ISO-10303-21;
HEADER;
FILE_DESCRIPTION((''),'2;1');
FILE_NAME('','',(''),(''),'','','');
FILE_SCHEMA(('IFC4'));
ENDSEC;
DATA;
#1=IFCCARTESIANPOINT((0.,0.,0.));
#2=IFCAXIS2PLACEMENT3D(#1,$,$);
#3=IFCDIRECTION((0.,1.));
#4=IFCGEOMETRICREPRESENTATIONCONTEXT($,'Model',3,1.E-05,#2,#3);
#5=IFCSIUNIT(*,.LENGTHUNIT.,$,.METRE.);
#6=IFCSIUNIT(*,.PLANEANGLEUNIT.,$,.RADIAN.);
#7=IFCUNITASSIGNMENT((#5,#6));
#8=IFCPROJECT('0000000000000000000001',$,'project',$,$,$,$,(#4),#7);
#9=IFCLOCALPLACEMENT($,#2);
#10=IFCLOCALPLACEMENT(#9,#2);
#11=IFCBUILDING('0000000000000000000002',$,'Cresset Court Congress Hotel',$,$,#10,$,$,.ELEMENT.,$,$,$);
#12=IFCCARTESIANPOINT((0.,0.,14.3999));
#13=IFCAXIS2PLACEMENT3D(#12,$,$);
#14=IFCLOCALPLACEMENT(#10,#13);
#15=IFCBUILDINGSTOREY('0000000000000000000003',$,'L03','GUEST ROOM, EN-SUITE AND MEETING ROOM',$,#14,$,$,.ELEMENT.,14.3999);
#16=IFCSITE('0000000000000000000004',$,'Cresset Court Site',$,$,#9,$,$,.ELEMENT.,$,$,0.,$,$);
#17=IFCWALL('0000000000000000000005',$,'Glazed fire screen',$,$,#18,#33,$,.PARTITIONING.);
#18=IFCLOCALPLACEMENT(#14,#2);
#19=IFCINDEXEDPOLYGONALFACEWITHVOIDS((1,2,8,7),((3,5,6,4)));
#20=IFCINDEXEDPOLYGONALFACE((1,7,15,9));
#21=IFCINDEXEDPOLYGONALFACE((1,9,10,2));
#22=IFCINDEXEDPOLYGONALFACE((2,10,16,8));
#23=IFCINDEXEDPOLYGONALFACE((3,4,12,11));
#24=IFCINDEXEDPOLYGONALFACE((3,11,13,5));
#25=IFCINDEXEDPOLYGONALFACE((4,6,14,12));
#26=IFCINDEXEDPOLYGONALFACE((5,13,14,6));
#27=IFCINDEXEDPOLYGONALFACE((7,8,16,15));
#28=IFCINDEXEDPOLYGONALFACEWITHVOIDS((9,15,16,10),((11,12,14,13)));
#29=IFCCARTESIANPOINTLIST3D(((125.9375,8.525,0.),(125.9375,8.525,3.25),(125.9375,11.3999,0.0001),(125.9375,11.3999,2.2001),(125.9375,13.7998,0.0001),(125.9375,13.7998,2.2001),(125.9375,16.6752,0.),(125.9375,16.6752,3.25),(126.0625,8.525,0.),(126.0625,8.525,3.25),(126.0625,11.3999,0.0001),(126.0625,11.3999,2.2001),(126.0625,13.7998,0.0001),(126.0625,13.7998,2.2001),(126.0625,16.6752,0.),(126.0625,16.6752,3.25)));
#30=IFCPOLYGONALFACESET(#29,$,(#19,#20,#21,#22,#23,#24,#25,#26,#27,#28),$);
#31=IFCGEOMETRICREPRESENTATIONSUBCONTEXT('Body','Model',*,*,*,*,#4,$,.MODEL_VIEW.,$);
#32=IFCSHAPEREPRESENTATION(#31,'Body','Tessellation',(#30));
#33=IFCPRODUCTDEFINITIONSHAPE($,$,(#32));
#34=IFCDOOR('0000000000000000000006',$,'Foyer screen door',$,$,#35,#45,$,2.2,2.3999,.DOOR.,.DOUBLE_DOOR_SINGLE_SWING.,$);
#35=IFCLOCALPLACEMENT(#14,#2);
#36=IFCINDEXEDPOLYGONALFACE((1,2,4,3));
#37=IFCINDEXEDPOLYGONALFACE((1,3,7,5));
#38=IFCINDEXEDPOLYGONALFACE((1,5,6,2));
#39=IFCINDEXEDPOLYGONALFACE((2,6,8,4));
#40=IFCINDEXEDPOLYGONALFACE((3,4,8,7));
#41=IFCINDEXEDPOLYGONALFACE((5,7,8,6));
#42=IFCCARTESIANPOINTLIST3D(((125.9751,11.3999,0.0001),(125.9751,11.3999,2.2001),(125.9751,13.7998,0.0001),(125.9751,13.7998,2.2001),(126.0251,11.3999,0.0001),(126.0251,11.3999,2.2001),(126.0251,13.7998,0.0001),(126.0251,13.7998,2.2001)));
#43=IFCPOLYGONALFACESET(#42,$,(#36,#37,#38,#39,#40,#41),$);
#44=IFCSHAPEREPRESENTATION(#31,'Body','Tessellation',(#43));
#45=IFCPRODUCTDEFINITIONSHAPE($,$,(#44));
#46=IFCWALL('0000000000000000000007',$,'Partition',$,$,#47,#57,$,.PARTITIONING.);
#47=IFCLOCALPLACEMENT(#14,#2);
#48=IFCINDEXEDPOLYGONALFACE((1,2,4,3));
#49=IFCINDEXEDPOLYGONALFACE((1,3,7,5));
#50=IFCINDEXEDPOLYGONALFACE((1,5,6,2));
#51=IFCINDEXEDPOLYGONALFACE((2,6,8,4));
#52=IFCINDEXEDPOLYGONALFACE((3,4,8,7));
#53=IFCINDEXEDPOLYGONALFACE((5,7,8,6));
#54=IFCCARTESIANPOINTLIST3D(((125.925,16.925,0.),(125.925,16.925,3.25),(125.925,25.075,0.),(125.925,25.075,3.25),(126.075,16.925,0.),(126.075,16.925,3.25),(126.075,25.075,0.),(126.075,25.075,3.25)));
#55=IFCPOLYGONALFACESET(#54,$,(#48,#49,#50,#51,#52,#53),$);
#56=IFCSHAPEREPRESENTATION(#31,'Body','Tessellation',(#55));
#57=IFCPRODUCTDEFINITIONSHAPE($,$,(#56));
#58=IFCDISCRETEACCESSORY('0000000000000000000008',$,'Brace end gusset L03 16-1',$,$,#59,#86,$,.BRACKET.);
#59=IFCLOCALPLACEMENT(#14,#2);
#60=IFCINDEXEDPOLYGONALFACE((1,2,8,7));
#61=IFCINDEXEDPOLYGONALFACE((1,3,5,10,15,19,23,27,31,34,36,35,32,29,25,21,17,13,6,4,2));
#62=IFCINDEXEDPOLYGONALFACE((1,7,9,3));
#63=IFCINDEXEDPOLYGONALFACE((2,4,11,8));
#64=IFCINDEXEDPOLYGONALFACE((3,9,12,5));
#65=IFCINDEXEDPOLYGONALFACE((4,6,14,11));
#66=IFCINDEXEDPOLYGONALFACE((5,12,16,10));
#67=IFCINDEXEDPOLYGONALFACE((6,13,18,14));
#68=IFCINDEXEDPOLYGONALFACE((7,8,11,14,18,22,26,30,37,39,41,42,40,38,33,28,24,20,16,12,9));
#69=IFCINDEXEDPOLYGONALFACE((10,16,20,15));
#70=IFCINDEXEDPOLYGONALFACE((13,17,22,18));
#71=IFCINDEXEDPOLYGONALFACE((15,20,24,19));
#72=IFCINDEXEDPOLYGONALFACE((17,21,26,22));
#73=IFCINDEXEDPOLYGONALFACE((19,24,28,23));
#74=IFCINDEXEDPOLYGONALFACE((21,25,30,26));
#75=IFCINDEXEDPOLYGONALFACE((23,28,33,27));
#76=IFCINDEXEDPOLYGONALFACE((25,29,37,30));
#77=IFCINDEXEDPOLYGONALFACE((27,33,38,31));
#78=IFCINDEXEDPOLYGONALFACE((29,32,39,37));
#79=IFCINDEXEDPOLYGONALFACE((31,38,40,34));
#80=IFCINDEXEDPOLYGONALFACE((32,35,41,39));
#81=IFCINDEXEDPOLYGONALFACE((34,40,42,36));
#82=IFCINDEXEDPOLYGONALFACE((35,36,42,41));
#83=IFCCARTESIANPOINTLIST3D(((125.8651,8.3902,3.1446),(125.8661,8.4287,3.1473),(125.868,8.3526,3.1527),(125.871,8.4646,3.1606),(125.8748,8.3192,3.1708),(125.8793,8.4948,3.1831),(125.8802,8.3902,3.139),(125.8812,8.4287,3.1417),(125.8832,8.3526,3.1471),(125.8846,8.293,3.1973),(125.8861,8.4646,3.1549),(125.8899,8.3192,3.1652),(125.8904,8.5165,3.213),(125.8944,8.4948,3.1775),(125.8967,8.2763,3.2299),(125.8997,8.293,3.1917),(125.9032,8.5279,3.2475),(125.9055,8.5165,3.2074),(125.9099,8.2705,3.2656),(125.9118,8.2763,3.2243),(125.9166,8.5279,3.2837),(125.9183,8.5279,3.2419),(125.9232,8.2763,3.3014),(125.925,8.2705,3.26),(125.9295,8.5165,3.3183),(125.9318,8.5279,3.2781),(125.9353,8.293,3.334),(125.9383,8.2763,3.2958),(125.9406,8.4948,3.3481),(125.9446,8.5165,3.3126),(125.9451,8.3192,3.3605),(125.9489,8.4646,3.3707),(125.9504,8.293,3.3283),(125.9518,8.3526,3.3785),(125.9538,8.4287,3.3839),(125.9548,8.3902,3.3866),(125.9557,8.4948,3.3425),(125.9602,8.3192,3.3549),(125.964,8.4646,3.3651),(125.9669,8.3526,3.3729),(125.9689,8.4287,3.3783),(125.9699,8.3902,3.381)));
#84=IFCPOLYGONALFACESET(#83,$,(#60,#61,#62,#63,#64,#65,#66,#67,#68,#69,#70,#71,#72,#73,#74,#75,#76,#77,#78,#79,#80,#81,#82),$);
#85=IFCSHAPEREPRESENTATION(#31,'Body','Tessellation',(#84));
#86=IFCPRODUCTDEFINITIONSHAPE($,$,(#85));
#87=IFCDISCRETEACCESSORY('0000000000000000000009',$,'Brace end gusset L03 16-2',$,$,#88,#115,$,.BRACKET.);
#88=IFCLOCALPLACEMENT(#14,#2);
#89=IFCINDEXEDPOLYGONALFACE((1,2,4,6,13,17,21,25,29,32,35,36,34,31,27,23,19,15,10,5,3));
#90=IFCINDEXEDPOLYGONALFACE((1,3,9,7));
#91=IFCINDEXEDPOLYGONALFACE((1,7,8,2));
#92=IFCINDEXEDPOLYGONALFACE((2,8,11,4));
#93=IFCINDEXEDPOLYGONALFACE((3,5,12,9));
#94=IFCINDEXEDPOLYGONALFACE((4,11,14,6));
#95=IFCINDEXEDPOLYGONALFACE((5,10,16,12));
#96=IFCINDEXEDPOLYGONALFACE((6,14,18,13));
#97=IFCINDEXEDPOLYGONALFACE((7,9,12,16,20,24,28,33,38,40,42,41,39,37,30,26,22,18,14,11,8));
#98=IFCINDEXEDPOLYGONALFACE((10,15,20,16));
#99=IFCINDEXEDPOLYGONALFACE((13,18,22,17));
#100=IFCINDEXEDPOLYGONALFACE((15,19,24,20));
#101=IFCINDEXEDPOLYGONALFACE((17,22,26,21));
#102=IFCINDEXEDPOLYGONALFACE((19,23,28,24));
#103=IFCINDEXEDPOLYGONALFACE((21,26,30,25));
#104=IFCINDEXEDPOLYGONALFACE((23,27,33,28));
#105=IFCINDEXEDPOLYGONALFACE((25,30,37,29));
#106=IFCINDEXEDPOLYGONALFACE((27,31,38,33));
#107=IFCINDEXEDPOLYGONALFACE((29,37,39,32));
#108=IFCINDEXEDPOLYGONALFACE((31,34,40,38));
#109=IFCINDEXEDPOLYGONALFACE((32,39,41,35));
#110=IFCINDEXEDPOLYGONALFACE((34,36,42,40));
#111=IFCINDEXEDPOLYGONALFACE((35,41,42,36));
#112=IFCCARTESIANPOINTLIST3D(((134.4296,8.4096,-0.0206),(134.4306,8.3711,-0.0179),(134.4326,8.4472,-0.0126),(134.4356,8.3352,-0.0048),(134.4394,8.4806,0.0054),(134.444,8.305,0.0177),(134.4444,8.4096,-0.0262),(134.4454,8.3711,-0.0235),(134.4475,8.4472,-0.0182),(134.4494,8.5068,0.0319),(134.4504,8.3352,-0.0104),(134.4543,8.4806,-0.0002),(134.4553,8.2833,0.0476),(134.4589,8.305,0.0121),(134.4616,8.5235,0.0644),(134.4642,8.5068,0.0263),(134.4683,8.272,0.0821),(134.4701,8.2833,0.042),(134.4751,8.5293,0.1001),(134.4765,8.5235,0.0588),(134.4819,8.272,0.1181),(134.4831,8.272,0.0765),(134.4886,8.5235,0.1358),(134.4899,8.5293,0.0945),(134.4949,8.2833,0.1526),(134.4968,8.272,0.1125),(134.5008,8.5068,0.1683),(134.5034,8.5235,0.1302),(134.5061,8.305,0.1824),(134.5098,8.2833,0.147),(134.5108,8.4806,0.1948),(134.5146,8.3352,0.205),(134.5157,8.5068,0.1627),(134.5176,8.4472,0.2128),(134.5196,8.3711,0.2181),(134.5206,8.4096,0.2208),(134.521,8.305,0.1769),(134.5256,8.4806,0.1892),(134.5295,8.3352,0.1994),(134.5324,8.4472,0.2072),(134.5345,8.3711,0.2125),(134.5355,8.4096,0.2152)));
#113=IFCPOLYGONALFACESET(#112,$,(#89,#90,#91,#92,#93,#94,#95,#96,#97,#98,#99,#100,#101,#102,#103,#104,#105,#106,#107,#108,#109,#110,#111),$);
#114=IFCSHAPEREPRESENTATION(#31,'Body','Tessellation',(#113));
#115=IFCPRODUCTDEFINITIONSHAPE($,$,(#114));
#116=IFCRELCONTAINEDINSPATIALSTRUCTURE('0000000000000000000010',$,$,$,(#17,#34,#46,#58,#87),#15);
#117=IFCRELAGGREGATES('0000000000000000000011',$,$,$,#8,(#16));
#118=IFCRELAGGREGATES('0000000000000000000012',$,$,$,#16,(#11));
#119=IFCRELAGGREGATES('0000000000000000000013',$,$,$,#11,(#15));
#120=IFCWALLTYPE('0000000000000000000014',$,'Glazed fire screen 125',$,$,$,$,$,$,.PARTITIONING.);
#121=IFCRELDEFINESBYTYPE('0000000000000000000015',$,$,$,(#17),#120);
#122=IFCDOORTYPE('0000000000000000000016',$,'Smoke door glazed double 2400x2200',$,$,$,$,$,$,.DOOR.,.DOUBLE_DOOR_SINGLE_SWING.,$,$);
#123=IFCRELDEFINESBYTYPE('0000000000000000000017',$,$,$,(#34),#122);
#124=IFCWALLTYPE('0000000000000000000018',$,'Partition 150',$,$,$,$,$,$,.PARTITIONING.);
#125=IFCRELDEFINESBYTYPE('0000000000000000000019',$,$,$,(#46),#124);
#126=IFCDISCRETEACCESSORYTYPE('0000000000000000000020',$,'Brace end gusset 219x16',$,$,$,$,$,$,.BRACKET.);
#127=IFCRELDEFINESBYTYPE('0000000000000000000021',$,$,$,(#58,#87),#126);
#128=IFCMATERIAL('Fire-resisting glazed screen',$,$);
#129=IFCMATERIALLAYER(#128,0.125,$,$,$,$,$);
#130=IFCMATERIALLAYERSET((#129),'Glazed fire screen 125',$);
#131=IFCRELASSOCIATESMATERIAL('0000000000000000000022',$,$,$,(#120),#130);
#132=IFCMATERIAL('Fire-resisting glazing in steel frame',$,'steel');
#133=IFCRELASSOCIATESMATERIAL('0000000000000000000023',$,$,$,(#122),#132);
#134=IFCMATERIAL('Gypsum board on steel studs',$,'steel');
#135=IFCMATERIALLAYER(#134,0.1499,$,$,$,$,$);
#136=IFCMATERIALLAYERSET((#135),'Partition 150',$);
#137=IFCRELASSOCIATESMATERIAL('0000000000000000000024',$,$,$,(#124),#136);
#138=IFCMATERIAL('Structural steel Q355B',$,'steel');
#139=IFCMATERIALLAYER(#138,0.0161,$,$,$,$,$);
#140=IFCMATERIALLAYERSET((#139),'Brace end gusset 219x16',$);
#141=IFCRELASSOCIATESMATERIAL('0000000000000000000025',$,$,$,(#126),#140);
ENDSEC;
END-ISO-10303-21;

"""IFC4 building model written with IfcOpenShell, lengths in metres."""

from ifc_helpers import new_model, si_unit, direction, frame, frame_2d, origin, origin_2d, place, context, subcontext, project, spatial, rectangle, circle, extrude, material, layer, layer_set, type_object, element, fill, save


model = new_model("IFC4")

# Units and contexts
model_context = context("Model", 3, precision=1e-05, world=origin(), true_north=direction((0.0, 1.0)))
body_context = subcontext(model_context, "Body", "Model", "MODEL_VIEW")
ifc_project = project(units=[si_unit("LENGTHUNIT", "METRE"), si_unit("PLANEANGLEUNIT", "RADIAN")], contexts=[model_context])

# Site, building, storey
site_placement = place(None, origin())
site = spatial("IfcSite", under=ifc_project, at=site_placement, Name="Cresset Court Site", CompositionType="ELEMENT", RefElevation=0.0)
building_placement = place(site_placement, origin())
building = spatial("IfcBuilding", under=site, at=building_placement, Name="Cresset Court Congress Hotel", CompositionType="ELEMENT")
storey_placement = place(building_placement, frame((0.0, 0.0, 14.3999)))
storey = spatial("IfcBuildingStorey", under=building, at=storey_placement, Name="L03", Description="GUEST ROOM, EN-SUITE AND MEETING ROOM", CompositionType="ELEMENT", Elevation=14.3999)

# Wall, opening, door
ifc_material_1 = material(Name="Fire-resisting glazed screen")
ifc_layer_1 = layer(ifc_material_1, 0.125)
ifc_layer_set_1 = layer_set([ifc_layer_1], Name="Glazed fire screen 125")
wall_type_1 = type_object("IfcWallType", Name="Glazed fire screen 125", PredefinedType="PARTITIONING", material=ifc_layer_set_1)
wall_1_placement = place(storey_placement, frame((126.0, 8.5249, 0.0), z_axis=(0.0, 0.0, 1.0), x_axis=(0.0, 1.0, 0.0)))
wall_1 = element("IfcWall", 1, at=wall_1_placement, inside=storey, type_object=wall_type_1, Name="Glazed fire screen", PredefinedType="PARTITIONING", context=body_context, shape_type="SweptSolid", body=[
    extrude(rectangle(XDim=8.1501, YDim=0.125, at=frame_2d((4.0752, 0.0))), origin(), (0.0, 0.0, 1.0), 3.25),
])
opening_1_placement = place(wall_1_placement, frame((2.875, 0.0, 0.0)))
opening_1 = element("IfcOpeningElement", 2, at=opening_1_placement, cuts=wall_1, PredefinedType="OPENING", context=body_context, shape_type="SweptSolid", body=[
    extrude(rectangle(XDim=2.3999, YDim=2.2, at=frame_2d((1.2, 1.1001))), frame((0.0, 0.0725, 0.0), z_axis=(0.0, -1.0, 0.0), x_axis=(1.0, 0.0, 0.0)), (0.0, 0.0, 1.0), 0.145),
])
ifc_material_2 = material(Name="Fire-resisting glazing in steel frame", Category="steel")
door_type_1 = type_object("IfcDoorType", Name="Smoke door glazed double 2400x2200", OperationType="DOUBLE_DOOR_SINGLE_SWING", PredefinedType="DOOR", material=ifc_material_2)
door_1_placement = place(opening_1_placement, origin())
door_1 = element("IfcDoor", 3, at=door_1_placement, inside=storey, type_object=door_type_1, Name="Foyer screen door", OperationType="DOUBLE_DOOR_SINGLE_SWING", OverallHeight=2.2, OverallWidth=2.3999, PredefinedType="DOOR", context=body_context, shape_type="SweptSolid", body=[
    extrude(rectangle(XDim=2.3999, YDim=2.2, at=frame_2d((1.2, 1.1001))), frame((0.0, 0.0249, 0.0), z_axis=(0.0, -1.0, 0.0), x_axis=(1.0, 0.0, 0.0)), (0.0, 0.0, 1.0), 0.05),
])
fill(opening_1, door_1)

# Wall
ifc_material_3 = material(Name="Gypsum board on steel studs", Category="steel")
ifc_layer_2 = layer(ifc_material_3, 0.1499)
ifc_layer_set_2 = layer_set([ifc_layer_2], Name="Partition 150")
wall_type_2 = type_object("IfcWallType", Name="Partition 150", PredefinedType="PARTITIONING", material=ifc_layer_set_2)
wall_2_placement = place(storey_placement, frame((126.0, 16.925, 0.0), z_axis=(0.0, 0.0, 1.0), x_axis=(0.0, 1.0, 0.0)))
element("IfcWall", 4, at=wall_2_placement, inside=storey, type_object=wall_type_2, Name="Partition", PredefinedType="PARTITIONING", context=body_context, shape_type="SweptSolid", body=[
    extrude(rectangle(XDim=8.1499, YDim=0.1499, at=frame_2d((4.075, 0.0))), origin(), (0.0, 0.0, 1.0), 3.25),
])

# Discrete accessories
ifc_material_4 = material(Name="Structural steel Q355B", Category="steel")
ifc_layer_3 = layer(ifc_material_4, 0.0161)
ifc_layer_set_3 = layer_set([ifc_layer_3], Name="Brace end gusset 219x16")
discrete_accessory_type = type_object("IfcDiscreteAccessoryType", Name="Brace end gusset 219x16", PredefinedType="BRACKET", material=ifc_layer_set_3)
discrete_accessory_1_placement = place(storey_placement, frame((125.925, 8.3999, 3.26), z_axis=(-0.937566, 0.0, 0.347807), x_axis=(0.0, -1.0, 0.0)))
element("IfcDiscreteAccessory", 5, at=discrete_accessory_1_placement, inside=storey, type_object=discrete_accessory_type, Name="Brace end gusset L03 16-1", PredefinedType="BRACKET", context=body_context, shape_type="SweptSolid", body=[
    extrude(circle(Radius=0.1294, at=origin_2d()), origin(), (0.0, 0.0, 1.0), 0.0161),
])
discrete_accessory_2_placement = place(storey_placement, frame((134.4751, 8.3999, 0.1001), z_axis=(0.935697, 0.0, -0.352804), x_axis=(0.0, 1.0, 0.0)))
element("IfcDiscreteAccessory", 6, at=discrete_accessory_2_placement, inside=storey, type_object=discrete_accessory_type, Name="Brace end gusset L03 16-2", PredefinedType="BRACKET", context=body_context, shape_type="SweptSolid", body=[
    extrude(circle(Radius=0.1294, at=origin_2d()), origin(), (0.0, 0.0, 1.0), 0.0159),
])

save(model, "model.ifc")
